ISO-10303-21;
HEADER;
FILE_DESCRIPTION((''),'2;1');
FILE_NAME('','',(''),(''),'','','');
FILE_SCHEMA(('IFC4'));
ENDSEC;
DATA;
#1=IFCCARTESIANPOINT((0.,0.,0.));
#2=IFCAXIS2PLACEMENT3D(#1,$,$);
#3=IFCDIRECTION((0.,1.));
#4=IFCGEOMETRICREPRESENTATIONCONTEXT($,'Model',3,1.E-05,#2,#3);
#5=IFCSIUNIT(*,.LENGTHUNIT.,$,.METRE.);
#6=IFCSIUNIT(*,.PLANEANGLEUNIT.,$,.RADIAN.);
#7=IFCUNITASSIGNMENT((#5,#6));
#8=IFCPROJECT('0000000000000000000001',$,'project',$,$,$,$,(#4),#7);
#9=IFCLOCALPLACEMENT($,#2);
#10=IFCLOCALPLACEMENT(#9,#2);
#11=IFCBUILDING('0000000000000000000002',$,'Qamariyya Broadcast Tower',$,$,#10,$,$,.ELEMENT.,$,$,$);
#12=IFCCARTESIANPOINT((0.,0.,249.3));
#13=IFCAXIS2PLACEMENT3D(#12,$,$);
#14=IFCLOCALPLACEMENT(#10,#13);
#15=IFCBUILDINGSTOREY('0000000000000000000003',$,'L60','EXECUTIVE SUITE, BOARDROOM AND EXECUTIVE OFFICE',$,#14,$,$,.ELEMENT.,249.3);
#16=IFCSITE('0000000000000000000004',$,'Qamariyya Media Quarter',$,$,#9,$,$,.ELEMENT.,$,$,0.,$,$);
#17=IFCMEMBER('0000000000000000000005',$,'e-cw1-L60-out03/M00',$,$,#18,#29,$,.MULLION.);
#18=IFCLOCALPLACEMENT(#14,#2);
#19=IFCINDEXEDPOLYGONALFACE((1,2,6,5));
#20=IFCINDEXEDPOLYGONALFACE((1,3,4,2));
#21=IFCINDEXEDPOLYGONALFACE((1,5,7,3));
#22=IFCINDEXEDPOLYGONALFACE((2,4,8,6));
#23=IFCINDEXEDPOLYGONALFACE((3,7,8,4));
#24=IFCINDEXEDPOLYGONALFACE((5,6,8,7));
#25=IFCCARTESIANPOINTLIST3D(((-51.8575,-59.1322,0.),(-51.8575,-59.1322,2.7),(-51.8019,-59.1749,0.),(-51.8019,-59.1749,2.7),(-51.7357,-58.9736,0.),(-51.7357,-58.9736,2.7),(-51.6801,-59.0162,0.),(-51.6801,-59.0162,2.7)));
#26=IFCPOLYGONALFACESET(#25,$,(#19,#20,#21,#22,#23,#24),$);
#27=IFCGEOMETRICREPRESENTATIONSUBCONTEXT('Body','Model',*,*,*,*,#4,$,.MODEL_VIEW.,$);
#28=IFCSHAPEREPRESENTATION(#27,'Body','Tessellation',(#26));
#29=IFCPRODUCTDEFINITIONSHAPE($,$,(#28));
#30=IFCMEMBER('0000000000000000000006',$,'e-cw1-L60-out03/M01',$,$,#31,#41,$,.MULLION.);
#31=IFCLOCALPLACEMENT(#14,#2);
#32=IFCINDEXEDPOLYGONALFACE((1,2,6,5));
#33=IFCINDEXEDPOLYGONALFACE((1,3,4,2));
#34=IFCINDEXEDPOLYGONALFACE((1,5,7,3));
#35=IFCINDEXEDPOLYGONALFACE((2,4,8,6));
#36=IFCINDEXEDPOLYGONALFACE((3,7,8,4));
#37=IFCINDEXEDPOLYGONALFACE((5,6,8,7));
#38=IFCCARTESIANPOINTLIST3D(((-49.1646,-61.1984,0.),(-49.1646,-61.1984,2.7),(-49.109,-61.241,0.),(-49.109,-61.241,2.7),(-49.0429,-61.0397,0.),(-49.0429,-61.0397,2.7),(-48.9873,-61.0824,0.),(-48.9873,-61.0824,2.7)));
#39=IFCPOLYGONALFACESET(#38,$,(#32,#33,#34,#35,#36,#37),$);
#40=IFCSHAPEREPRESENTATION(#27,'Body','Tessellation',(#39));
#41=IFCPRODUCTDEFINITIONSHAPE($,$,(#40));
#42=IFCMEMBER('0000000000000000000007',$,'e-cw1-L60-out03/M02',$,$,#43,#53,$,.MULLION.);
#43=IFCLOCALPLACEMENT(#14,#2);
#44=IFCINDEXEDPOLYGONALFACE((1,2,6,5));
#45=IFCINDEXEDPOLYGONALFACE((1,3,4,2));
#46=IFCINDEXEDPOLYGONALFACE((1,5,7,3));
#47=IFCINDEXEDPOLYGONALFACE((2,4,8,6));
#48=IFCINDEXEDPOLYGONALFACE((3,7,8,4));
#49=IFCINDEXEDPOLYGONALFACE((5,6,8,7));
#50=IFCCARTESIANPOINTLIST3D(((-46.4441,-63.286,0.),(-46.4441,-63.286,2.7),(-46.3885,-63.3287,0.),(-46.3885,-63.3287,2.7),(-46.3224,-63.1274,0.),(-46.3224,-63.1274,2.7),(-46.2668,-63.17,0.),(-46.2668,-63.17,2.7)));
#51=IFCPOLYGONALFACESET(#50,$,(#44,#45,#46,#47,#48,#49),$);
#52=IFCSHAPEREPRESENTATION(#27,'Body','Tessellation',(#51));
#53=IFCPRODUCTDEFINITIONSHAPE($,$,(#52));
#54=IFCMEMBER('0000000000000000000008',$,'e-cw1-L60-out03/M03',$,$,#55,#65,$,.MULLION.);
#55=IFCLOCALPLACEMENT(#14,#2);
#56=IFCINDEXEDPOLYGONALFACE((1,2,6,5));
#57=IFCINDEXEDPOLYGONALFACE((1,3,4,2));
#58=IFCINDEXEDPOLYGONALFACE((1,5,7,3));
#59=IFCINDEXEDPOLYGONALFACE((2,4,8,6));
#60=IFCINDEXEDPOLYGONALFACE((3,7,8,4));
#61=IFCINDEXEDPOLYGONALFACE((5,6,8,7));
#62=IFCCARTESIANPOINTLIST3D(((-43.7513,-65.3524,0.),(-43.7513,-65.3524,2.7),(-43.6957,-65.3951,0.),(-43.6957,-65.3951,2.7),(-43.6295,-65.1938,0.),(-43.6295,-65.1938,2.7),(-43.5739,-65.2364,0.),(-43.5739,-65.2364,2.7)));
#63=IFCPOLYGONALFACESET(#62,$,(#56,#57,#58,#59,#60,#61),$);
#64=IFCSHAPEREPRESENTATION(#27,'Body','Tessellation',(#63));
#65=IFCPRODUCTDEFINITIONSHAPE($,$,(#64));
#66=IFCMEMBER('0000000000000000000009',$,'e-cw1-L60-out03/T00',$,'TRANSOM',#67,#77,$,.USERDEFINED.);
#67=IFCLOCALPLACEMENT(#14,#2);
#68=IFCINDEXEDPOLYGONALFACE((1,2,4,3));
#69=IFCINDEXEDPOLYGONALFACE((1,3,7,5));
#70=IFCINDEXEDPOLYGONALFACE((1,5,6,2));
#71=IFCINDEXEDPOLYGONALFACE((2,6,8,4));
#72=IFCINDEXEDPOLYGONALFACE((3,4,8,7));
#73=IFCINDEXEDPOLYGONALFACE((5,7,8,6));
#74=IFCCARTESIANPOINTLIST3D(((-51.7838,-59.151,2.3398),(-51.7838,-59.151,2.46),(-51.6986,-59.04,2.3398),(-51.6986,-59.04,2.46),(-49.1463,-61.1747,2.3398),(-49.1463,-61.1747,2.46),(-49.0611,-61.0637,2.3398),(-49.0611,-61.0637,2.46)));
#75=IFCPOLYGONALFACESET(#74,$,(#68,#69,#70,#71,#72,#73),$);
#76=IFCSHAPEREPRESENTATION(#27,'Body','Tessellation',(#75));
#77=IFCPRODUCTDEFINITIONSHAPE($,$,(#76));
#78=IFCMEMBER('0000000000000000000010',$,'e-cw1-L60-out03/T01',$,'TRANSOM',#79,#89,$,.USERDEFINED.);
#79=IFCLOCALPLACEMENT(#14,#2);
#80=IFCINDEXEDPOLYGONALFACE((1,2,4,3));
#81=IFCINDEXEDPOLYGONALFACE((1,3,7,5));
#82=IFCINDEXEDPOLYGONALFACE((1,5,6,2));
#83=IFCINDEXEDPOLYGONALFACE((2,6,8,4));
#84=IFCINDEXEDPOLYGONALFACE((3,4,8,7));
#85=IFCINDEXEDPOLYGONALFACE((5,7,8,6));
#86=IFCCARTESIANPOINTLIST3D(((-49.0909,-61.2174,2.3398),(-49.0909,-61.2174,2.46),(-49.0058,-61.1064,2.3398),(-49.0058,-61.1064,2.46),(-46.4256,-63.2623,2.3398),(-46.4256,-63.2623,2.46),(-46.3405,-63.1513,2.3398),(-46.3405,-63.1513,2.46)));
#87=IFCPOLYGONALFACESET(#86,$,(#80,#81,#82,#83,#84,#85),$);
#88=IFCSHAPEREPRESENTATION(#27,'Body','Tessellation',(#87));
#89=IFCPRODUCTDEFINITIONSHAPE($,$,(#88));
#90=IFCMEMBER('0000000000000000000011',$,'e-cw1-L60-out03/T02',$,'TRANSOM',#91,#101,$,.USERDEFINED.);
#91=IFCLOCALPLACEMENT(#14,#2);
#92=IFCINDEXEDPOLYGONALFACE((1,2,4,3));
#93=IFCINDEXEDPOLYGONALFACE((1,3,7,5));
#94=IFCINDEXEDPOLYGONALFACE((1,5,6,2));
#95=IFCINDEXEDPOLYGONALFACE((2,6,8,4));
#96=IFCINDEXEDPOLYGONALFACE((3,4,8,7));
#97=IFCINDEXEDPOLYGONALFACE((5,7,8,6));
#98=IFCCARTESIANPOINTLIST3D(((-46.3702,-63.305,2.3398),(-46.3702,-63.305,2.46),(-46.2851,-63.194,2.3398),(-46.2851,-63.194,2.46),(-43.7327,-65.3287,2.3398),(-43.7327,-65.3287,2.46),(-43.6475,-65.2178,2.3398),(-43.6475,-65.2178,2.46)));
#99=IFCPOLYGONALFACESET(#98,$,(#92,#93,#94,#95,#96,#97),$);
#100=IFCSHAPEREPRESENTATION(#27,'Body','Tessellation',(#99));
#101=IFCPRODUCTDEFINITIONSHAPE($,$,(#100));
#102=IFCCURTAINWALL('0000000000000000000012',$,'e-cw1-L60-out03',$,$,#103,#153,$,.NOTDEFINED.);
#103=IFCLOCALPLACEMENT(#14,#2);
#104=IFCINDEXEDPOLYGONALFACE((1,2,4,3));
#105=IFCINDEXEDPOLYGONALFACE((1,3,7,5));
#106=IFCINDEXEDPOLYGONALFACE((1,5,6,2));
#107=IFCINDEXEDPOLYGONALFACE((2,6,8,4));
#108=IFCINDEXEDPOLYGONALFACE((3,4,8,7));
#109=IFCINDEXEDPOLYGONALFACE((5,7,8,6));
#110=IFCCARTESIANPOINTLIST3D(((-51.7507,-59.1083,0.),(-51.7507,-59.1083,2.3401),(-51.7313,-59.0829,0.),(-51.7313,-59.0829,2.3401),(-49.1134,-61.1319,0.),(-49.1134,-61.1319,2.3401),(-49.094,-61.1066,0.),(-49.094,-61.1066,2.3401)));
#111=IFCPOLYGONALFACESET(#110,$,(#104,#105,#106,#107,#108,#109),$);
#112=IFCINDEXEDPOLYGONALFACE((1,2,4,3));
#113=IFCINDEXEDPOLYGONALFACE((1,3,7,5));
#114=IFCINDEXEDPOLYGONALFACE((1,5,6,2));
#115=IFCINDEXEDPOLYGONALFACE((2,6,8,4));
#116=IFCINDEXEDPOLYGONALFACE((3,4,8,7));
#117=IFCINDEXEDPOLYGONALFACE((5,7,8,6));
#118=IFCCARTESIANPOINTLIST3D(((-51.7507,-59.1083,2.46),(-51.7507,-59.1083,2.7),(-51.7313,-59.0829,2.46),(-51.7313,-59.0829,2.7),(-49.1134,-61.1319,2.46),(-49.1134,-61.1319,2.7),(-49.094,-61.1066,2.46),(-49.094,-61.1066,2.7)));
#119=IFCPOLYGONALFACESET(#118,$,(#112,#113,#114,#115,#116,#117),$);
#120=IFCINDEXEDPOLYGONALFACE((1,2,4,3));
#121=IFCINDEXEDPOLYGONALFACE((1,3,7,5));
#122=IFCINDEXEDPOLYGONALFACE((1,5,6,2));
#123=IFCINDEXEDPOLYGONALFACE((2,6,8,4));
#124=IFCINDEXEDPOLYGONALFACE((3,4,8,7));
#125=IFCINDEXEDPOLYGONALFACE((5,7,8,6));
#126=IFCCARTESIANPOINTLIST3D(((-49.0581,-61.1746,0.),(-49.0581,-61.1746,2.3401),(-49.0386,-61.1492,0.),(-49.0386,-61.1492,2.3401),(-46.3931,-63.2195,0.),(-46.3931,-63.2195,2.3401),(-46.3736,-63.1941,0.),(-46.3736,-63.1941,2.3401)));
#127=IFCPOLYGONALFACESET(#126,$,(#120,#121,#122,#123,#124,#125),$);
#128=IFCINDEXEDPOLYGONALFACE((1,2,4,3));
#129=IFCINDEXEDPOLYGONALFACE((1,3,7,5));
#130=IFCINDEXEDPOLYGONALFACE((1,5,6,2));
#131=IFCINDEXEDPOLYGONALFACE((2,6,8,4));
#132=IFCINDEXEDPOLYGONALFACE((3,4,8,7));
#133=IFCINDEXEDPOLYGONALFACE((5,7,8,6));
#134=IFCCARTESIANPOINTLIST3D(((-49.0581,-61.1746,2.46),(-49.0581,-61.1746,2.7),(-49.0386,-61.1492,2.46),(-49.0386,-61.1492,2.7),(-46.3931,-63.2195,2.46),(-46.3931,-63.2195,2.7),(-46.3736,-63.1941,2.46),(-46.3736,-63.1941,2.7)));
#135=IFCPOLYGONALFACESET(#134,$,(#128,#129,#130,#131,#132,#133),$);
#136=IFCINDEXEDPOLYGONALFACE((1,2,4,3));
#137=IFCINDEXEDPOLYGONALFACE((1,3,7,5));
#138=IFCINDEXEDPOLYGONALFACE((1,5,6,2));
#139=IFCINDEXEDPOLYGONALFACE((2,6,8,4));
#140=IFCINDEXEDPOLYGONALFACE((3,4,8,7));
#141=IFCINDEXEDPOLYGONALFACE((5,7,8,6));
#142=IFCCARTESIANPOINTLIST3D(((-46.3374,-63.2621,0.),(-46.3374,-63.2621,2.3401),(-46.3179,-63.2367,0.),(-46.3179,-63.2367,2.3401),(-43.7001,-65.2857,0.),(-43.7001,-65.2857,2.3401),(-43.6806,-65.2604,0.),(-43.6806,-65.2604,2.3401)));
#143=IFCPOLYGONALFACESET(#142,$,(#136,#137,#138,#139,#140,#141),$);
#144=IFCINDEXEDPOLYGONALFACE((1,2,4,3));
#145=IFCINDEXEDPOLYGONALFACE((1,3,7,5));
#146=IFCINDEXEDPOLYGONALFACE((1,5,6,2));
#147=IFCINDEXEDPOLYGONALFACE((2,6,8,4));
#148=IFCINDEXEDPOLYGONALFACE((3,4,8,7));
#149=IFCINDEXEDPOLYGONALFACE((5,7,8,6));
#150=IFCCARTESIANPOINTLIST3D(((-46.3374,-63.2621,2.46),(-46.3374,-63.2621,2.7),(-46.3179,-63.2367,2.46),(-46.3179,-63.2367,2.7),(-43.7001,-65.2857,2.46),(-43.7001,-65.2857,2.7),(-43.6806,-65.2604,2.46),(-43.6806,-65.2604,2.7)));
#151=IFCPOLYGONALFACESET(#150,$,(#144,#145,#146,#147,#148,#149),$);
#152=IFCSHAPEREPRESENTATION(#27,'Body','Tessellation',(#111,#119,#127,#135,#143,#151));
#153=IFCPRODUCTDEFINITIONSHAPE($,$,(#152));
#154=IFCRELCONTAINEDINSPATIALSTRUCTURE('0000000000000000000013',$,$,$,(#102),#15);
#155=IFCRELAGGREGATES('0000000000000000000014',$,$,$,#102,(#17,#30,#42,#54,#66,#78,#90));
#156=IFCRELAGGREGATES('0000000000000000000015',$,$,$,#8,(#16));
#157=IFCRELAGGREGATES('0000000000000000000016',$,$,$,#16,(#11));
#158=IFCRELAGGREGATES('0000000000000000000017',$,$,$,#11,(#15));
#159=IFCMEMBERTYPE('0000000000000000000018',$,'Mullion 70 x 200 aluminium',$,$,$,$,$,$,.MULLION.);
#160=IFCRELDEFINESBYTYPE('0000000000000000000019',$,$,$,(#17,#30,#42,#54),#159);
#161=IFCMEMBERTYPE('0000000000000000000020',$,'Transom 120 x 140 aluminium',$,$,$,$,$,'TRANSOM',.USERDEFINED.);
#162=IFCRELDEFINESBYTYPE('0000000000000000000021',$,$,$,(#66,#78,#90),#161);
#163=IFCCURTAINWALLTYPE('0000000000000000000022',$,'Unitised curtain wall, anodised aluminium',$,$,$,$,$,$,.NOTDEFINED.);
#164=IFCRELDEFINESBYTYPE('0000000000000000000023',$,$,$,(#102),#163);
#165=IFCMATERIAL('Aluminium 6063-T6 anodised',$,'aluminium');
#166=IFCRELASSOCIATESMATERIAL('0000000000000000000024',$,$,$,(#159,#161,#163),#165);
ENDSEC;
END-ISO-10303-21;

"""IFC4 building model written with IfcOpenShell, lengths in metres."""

from ifc_helpers import new_model, si_unit, direction, frame, origin, origin_2d, place, context, subcontext, project, spatial, rectangle, extrude, material, material_profile, profile_set, type_object, element, aggregate, save


model = new_model("IFC4")

# Units and contexts
model_context = context("Model", 3, precision=1e-05, world=origin(), true_north=direction((0.0, 1.0)))
body_context = subcontext(model_context, "Body", "Model", "MODEL_VIEW")
ifc_project = project(units=[si_unit("LENGTHUNIT", "METRE"), si_unit("PLANEANGLEUNIT", "RADIAN")], contexts=[model_context])

# Members
ifc_material = material(Name="Aluminium 6063-T6 anodised", Category="aluminium")
ifc_material_profile_1 = material_profile(ifc_material, rectangle(XDim=0.2, YDim=0.0701, at=origin_2d()))
ifc_profile_set_1 = profile_set([ifc_material_profile_1], Name="Aluminium 6063-T6 anodised")
member_type_1 = type_object("IfcMemberType", Name="Mullion 70 x 200 aluminium", PredefinedType="MULLION", material=ifc_profile_set_1)
site_placement = place(None, origin())
building_placement = place(site_placement, origin())
storey_placement = place(building_placement, frame((0.0, 0.0, 249.3)))
member_1_placement = place(storey_placement, frame((-51.7688, -59.0742, 0.0), z_axis=(0.0, 0.0, 1.0), x_axis=(0.608761, 0.793353, 0.0)))
member_1 = element("IfcMember", 1, at=member_1_placement, type_object=member_type_1, Name="e-cw1-L60-out03/M00", PredefinedType="MULLION", context=body_context, shape_type="SweptSolid", body=[
    extrude(rectangle(XDim=0.2, YDim=0.0701, at=origin_2d()), origin(), (0.0, 0.0, 1.0), 2.7),
])
member_2_placement = place(storey_placement, frame((-49.0759, -61.1404, 0.0), z_axis=(0.0, 0.0, 1.0), x_axis=(0.608761, 0.793353, 0.0)))
member_2 = element("IfcMember", 2, at=member_2_placement, type_object=member_type_1, Name="e-cw1-L60-out03/M01", PredefinedType="MULLION", context=body_context, shape_type="SweptSolid", body=[
    extrude(rectangle(XDim=0.2, YDim=0.0701, at=origin_2d()), origin(), (0.0, 0.0, 1.0), 2.7),
])
member_3_placement = place(storey_placement, frame((-46.3555, -63.228, 0.0), z_axis=(0.0, 0.0, 1.0), x_axis=(0.608761, 0.793353, 0.0)))
member_3 = element("IfcMember", 3, at=member_3_placement, type_object=member_type_1, Name="e-cw1-L60-out03/M02", PredefinedType="MULLION", context=body_context, shape_type="SweptSolid", body=[
    extrude(rectangle(XDim=0.2, YDim=0.0701, at=origin_2d()), origin(), (0.0, 0.0, 1.0), 2.7),
])
member_4_placement = place(storey_placement, frame((-43.6626, -65.2944, 0.0), z_axis=(0.0, 0.0, 1.0), x_axis=(0.608761, 0.793353, 0.0)))
member_4 = element("IfcMember", 4, at=member_4_placement, type_object=member_type_1, Name="e-cw1-L60-out03/M03", PredefinedType="MULLION", context=body_context, shape_type="SweptSolid", body=[
    extrude(rectangle(XDim=0.2, YDim=0.0701, at=origin_2d()), origin(), (0.0, 0.0, 1.0), 2.7),
])
ifc_material_profile_2 = material_profile(ifc_material, rectangle(XDim=0.1399, YDim=0.1201, at=origin_2d()))
ifc_profile_set_2 = profile_set([ifc_material_profile_2], Name="Aluminium 6063-T6 anodised")
member_type_2 = type_object("IfcMemberType", Name="Transom 120 x 140 aluminium", ElementType="TRANSOM", PredefinedType="USERDEFINED", material=ifc_profile_set_2)
member_5_placement = place(storey_placement, frame((-51.7412, -59.0955, 2.3999), z_axis=(0.793369, -0.608741, 0.0), x_axis=(0.608741, 0.793369, 0.0)))
member_5 = element("IfcMember", 5, at=member_5_placement, type_object=member_type_2, Name="e-cw1-L60-out03/T00", ObjectType="TRANSOM", PredefinedType="USERDEFINED", context=body_context, shape_type="SweptSolid", body=[
    extrude(rectangle(XDim=0.1399, YDim=0.1201, at=origin_2d()), origin(), (0.0, 0.0, 1.0), 3.3245),
])
member_6_placement = place(storey_placement, frame((-49.0483, -61.1619, 2.3999), z_axis=(0.793385, -0.60872, 0.0), x_axis=(0.60872, 0.793385, 0.0)))
member_6 = element("IfcMember", 6, at=member_6_placement, type_object=member_type_2, Name="e-cw1-L60-out03/T01", ObjectType="TRANSOM", PredefinedType="USERDEFINED", context=body_context, shape_type="SweptSolid", body=[
    extrude(rectangle(XDim=0.1399, YDim=0.1201, at=origin_2d()), origin(), (0.0, 0.0, 1.0), 3.3594),
])
member_7_placement = place(storey_placement, frame((-46.3276, -63.2495, 2.3999), z_axis=(0.793369, -0.608741, 0.0), x_axis=(0.608741, 0.793369, 0.0)))
member_7 = element("IfcMember", 7, at=member_7_placement, type_object=member_type_2, Name="e-cw1-L60-out03/T02", ObjectType="TRANSOM", PredefinedType="USERDEFINED", context=body_context, shape_type="SweptSolid", body=[
    extrude(rectangle(XDim=0.1399, YDim=0.1201, at=origin_2d()), origin(), (0.0, 0.0, 1.0), 3.3245),
])

# Site, building, storey
site = spatial("IfcSite", under=ifc_project, at=site_placement, Name="Qamariyya Media Quarter", CompositionType="ELEMENT", RefElevation=0.0)
building = spatial("IfcBuilding", under=site, at=building_placement, Name="Qamariyya Broadcast Tower", CompositionType="ELEMENT")
storey = spatial("IfcBuildingStorey", under=building, at=storey_placement, Name="L60", Description="EXECUTIVE SUITE, BOARDROOM AND EXECUTIVE OFFICE", CompositionType="ELEMENT", Elevation=249.3)

# Curtain wall
curtain_wall_type = type_object("IfcCurtainWallType", Name="Unitised curtain wall, anodised aluminium", PredefinedType="NOTDEFINED", material=ifc_material)
curtain_wall_1_placement = place(storey_placement, origin())
curtain_wall_1 = element("IfcCurtainWall", 8, at=curtain_wall_1_placement, inside=storey, type_object=curtain_wall_type, Name="e-cw1-L60-out03", PredefinedType="NOTDEFINED", context=body_context, shape_type="SweptSolid", body=[
    extrude(rectangle(XDim=3.3242, YDim=0.032, at=origin_2d()), frame((-50.4224, -60.1074, 0.0), x_axis=(0.793359, -0.608754, 0.0)), (0.0, 0.0, 1.0), 2.3401),
    extrude(rectangle(XDim=3.3242, YDim=0.032, at=origin_2d()), frame((-50.4224, -60.1074, 2.46), x_axis=(0.793359, -0.608754, 0.0)), (0.0, 0.0, 1.0), 0.24),
    extrude(rectangle(XDim=3.3591, YDim=0.032, at=origin_2d()), frame((-47.7158, -62.1843, 0.0), x_axis=(0.793359, -0.608754, 0.0)), (0.0, 0.0, 1.0), 2.3401),
    extrude(rectangle(XDim=3.3591, YDim=0.032, at=origin_2d()), frame((-47.7158, -62.1843, 2.46), x_axis=(0.793359, -0.608754, 0.0)), (0.0, 0.0, 1.0), 0.24),
    extrude(rectangle(XDim=3.3242, YDim=0.032, at=origin_2d()), frame((-45.009, -64.2612, 0.0), x_axis=(0.793359, -0.608754, 0.0)), (0.0, 0.0, 1.0), 2.3401),
    extrude(rectangle(XDim=3.3242, YDim=0.032, at=origin_2d()), frame((-45.009, -64.2612, 2.46), x_axis=(0.793359, -0.608754, 0.0)), (0.0, 0.0, 1.0), 0.24),
])
aggregate(curtain_wall_1, [member_1, member_2, member_3, member_4, member_5, member_6, member_7])

save(model, "model.ifc")
